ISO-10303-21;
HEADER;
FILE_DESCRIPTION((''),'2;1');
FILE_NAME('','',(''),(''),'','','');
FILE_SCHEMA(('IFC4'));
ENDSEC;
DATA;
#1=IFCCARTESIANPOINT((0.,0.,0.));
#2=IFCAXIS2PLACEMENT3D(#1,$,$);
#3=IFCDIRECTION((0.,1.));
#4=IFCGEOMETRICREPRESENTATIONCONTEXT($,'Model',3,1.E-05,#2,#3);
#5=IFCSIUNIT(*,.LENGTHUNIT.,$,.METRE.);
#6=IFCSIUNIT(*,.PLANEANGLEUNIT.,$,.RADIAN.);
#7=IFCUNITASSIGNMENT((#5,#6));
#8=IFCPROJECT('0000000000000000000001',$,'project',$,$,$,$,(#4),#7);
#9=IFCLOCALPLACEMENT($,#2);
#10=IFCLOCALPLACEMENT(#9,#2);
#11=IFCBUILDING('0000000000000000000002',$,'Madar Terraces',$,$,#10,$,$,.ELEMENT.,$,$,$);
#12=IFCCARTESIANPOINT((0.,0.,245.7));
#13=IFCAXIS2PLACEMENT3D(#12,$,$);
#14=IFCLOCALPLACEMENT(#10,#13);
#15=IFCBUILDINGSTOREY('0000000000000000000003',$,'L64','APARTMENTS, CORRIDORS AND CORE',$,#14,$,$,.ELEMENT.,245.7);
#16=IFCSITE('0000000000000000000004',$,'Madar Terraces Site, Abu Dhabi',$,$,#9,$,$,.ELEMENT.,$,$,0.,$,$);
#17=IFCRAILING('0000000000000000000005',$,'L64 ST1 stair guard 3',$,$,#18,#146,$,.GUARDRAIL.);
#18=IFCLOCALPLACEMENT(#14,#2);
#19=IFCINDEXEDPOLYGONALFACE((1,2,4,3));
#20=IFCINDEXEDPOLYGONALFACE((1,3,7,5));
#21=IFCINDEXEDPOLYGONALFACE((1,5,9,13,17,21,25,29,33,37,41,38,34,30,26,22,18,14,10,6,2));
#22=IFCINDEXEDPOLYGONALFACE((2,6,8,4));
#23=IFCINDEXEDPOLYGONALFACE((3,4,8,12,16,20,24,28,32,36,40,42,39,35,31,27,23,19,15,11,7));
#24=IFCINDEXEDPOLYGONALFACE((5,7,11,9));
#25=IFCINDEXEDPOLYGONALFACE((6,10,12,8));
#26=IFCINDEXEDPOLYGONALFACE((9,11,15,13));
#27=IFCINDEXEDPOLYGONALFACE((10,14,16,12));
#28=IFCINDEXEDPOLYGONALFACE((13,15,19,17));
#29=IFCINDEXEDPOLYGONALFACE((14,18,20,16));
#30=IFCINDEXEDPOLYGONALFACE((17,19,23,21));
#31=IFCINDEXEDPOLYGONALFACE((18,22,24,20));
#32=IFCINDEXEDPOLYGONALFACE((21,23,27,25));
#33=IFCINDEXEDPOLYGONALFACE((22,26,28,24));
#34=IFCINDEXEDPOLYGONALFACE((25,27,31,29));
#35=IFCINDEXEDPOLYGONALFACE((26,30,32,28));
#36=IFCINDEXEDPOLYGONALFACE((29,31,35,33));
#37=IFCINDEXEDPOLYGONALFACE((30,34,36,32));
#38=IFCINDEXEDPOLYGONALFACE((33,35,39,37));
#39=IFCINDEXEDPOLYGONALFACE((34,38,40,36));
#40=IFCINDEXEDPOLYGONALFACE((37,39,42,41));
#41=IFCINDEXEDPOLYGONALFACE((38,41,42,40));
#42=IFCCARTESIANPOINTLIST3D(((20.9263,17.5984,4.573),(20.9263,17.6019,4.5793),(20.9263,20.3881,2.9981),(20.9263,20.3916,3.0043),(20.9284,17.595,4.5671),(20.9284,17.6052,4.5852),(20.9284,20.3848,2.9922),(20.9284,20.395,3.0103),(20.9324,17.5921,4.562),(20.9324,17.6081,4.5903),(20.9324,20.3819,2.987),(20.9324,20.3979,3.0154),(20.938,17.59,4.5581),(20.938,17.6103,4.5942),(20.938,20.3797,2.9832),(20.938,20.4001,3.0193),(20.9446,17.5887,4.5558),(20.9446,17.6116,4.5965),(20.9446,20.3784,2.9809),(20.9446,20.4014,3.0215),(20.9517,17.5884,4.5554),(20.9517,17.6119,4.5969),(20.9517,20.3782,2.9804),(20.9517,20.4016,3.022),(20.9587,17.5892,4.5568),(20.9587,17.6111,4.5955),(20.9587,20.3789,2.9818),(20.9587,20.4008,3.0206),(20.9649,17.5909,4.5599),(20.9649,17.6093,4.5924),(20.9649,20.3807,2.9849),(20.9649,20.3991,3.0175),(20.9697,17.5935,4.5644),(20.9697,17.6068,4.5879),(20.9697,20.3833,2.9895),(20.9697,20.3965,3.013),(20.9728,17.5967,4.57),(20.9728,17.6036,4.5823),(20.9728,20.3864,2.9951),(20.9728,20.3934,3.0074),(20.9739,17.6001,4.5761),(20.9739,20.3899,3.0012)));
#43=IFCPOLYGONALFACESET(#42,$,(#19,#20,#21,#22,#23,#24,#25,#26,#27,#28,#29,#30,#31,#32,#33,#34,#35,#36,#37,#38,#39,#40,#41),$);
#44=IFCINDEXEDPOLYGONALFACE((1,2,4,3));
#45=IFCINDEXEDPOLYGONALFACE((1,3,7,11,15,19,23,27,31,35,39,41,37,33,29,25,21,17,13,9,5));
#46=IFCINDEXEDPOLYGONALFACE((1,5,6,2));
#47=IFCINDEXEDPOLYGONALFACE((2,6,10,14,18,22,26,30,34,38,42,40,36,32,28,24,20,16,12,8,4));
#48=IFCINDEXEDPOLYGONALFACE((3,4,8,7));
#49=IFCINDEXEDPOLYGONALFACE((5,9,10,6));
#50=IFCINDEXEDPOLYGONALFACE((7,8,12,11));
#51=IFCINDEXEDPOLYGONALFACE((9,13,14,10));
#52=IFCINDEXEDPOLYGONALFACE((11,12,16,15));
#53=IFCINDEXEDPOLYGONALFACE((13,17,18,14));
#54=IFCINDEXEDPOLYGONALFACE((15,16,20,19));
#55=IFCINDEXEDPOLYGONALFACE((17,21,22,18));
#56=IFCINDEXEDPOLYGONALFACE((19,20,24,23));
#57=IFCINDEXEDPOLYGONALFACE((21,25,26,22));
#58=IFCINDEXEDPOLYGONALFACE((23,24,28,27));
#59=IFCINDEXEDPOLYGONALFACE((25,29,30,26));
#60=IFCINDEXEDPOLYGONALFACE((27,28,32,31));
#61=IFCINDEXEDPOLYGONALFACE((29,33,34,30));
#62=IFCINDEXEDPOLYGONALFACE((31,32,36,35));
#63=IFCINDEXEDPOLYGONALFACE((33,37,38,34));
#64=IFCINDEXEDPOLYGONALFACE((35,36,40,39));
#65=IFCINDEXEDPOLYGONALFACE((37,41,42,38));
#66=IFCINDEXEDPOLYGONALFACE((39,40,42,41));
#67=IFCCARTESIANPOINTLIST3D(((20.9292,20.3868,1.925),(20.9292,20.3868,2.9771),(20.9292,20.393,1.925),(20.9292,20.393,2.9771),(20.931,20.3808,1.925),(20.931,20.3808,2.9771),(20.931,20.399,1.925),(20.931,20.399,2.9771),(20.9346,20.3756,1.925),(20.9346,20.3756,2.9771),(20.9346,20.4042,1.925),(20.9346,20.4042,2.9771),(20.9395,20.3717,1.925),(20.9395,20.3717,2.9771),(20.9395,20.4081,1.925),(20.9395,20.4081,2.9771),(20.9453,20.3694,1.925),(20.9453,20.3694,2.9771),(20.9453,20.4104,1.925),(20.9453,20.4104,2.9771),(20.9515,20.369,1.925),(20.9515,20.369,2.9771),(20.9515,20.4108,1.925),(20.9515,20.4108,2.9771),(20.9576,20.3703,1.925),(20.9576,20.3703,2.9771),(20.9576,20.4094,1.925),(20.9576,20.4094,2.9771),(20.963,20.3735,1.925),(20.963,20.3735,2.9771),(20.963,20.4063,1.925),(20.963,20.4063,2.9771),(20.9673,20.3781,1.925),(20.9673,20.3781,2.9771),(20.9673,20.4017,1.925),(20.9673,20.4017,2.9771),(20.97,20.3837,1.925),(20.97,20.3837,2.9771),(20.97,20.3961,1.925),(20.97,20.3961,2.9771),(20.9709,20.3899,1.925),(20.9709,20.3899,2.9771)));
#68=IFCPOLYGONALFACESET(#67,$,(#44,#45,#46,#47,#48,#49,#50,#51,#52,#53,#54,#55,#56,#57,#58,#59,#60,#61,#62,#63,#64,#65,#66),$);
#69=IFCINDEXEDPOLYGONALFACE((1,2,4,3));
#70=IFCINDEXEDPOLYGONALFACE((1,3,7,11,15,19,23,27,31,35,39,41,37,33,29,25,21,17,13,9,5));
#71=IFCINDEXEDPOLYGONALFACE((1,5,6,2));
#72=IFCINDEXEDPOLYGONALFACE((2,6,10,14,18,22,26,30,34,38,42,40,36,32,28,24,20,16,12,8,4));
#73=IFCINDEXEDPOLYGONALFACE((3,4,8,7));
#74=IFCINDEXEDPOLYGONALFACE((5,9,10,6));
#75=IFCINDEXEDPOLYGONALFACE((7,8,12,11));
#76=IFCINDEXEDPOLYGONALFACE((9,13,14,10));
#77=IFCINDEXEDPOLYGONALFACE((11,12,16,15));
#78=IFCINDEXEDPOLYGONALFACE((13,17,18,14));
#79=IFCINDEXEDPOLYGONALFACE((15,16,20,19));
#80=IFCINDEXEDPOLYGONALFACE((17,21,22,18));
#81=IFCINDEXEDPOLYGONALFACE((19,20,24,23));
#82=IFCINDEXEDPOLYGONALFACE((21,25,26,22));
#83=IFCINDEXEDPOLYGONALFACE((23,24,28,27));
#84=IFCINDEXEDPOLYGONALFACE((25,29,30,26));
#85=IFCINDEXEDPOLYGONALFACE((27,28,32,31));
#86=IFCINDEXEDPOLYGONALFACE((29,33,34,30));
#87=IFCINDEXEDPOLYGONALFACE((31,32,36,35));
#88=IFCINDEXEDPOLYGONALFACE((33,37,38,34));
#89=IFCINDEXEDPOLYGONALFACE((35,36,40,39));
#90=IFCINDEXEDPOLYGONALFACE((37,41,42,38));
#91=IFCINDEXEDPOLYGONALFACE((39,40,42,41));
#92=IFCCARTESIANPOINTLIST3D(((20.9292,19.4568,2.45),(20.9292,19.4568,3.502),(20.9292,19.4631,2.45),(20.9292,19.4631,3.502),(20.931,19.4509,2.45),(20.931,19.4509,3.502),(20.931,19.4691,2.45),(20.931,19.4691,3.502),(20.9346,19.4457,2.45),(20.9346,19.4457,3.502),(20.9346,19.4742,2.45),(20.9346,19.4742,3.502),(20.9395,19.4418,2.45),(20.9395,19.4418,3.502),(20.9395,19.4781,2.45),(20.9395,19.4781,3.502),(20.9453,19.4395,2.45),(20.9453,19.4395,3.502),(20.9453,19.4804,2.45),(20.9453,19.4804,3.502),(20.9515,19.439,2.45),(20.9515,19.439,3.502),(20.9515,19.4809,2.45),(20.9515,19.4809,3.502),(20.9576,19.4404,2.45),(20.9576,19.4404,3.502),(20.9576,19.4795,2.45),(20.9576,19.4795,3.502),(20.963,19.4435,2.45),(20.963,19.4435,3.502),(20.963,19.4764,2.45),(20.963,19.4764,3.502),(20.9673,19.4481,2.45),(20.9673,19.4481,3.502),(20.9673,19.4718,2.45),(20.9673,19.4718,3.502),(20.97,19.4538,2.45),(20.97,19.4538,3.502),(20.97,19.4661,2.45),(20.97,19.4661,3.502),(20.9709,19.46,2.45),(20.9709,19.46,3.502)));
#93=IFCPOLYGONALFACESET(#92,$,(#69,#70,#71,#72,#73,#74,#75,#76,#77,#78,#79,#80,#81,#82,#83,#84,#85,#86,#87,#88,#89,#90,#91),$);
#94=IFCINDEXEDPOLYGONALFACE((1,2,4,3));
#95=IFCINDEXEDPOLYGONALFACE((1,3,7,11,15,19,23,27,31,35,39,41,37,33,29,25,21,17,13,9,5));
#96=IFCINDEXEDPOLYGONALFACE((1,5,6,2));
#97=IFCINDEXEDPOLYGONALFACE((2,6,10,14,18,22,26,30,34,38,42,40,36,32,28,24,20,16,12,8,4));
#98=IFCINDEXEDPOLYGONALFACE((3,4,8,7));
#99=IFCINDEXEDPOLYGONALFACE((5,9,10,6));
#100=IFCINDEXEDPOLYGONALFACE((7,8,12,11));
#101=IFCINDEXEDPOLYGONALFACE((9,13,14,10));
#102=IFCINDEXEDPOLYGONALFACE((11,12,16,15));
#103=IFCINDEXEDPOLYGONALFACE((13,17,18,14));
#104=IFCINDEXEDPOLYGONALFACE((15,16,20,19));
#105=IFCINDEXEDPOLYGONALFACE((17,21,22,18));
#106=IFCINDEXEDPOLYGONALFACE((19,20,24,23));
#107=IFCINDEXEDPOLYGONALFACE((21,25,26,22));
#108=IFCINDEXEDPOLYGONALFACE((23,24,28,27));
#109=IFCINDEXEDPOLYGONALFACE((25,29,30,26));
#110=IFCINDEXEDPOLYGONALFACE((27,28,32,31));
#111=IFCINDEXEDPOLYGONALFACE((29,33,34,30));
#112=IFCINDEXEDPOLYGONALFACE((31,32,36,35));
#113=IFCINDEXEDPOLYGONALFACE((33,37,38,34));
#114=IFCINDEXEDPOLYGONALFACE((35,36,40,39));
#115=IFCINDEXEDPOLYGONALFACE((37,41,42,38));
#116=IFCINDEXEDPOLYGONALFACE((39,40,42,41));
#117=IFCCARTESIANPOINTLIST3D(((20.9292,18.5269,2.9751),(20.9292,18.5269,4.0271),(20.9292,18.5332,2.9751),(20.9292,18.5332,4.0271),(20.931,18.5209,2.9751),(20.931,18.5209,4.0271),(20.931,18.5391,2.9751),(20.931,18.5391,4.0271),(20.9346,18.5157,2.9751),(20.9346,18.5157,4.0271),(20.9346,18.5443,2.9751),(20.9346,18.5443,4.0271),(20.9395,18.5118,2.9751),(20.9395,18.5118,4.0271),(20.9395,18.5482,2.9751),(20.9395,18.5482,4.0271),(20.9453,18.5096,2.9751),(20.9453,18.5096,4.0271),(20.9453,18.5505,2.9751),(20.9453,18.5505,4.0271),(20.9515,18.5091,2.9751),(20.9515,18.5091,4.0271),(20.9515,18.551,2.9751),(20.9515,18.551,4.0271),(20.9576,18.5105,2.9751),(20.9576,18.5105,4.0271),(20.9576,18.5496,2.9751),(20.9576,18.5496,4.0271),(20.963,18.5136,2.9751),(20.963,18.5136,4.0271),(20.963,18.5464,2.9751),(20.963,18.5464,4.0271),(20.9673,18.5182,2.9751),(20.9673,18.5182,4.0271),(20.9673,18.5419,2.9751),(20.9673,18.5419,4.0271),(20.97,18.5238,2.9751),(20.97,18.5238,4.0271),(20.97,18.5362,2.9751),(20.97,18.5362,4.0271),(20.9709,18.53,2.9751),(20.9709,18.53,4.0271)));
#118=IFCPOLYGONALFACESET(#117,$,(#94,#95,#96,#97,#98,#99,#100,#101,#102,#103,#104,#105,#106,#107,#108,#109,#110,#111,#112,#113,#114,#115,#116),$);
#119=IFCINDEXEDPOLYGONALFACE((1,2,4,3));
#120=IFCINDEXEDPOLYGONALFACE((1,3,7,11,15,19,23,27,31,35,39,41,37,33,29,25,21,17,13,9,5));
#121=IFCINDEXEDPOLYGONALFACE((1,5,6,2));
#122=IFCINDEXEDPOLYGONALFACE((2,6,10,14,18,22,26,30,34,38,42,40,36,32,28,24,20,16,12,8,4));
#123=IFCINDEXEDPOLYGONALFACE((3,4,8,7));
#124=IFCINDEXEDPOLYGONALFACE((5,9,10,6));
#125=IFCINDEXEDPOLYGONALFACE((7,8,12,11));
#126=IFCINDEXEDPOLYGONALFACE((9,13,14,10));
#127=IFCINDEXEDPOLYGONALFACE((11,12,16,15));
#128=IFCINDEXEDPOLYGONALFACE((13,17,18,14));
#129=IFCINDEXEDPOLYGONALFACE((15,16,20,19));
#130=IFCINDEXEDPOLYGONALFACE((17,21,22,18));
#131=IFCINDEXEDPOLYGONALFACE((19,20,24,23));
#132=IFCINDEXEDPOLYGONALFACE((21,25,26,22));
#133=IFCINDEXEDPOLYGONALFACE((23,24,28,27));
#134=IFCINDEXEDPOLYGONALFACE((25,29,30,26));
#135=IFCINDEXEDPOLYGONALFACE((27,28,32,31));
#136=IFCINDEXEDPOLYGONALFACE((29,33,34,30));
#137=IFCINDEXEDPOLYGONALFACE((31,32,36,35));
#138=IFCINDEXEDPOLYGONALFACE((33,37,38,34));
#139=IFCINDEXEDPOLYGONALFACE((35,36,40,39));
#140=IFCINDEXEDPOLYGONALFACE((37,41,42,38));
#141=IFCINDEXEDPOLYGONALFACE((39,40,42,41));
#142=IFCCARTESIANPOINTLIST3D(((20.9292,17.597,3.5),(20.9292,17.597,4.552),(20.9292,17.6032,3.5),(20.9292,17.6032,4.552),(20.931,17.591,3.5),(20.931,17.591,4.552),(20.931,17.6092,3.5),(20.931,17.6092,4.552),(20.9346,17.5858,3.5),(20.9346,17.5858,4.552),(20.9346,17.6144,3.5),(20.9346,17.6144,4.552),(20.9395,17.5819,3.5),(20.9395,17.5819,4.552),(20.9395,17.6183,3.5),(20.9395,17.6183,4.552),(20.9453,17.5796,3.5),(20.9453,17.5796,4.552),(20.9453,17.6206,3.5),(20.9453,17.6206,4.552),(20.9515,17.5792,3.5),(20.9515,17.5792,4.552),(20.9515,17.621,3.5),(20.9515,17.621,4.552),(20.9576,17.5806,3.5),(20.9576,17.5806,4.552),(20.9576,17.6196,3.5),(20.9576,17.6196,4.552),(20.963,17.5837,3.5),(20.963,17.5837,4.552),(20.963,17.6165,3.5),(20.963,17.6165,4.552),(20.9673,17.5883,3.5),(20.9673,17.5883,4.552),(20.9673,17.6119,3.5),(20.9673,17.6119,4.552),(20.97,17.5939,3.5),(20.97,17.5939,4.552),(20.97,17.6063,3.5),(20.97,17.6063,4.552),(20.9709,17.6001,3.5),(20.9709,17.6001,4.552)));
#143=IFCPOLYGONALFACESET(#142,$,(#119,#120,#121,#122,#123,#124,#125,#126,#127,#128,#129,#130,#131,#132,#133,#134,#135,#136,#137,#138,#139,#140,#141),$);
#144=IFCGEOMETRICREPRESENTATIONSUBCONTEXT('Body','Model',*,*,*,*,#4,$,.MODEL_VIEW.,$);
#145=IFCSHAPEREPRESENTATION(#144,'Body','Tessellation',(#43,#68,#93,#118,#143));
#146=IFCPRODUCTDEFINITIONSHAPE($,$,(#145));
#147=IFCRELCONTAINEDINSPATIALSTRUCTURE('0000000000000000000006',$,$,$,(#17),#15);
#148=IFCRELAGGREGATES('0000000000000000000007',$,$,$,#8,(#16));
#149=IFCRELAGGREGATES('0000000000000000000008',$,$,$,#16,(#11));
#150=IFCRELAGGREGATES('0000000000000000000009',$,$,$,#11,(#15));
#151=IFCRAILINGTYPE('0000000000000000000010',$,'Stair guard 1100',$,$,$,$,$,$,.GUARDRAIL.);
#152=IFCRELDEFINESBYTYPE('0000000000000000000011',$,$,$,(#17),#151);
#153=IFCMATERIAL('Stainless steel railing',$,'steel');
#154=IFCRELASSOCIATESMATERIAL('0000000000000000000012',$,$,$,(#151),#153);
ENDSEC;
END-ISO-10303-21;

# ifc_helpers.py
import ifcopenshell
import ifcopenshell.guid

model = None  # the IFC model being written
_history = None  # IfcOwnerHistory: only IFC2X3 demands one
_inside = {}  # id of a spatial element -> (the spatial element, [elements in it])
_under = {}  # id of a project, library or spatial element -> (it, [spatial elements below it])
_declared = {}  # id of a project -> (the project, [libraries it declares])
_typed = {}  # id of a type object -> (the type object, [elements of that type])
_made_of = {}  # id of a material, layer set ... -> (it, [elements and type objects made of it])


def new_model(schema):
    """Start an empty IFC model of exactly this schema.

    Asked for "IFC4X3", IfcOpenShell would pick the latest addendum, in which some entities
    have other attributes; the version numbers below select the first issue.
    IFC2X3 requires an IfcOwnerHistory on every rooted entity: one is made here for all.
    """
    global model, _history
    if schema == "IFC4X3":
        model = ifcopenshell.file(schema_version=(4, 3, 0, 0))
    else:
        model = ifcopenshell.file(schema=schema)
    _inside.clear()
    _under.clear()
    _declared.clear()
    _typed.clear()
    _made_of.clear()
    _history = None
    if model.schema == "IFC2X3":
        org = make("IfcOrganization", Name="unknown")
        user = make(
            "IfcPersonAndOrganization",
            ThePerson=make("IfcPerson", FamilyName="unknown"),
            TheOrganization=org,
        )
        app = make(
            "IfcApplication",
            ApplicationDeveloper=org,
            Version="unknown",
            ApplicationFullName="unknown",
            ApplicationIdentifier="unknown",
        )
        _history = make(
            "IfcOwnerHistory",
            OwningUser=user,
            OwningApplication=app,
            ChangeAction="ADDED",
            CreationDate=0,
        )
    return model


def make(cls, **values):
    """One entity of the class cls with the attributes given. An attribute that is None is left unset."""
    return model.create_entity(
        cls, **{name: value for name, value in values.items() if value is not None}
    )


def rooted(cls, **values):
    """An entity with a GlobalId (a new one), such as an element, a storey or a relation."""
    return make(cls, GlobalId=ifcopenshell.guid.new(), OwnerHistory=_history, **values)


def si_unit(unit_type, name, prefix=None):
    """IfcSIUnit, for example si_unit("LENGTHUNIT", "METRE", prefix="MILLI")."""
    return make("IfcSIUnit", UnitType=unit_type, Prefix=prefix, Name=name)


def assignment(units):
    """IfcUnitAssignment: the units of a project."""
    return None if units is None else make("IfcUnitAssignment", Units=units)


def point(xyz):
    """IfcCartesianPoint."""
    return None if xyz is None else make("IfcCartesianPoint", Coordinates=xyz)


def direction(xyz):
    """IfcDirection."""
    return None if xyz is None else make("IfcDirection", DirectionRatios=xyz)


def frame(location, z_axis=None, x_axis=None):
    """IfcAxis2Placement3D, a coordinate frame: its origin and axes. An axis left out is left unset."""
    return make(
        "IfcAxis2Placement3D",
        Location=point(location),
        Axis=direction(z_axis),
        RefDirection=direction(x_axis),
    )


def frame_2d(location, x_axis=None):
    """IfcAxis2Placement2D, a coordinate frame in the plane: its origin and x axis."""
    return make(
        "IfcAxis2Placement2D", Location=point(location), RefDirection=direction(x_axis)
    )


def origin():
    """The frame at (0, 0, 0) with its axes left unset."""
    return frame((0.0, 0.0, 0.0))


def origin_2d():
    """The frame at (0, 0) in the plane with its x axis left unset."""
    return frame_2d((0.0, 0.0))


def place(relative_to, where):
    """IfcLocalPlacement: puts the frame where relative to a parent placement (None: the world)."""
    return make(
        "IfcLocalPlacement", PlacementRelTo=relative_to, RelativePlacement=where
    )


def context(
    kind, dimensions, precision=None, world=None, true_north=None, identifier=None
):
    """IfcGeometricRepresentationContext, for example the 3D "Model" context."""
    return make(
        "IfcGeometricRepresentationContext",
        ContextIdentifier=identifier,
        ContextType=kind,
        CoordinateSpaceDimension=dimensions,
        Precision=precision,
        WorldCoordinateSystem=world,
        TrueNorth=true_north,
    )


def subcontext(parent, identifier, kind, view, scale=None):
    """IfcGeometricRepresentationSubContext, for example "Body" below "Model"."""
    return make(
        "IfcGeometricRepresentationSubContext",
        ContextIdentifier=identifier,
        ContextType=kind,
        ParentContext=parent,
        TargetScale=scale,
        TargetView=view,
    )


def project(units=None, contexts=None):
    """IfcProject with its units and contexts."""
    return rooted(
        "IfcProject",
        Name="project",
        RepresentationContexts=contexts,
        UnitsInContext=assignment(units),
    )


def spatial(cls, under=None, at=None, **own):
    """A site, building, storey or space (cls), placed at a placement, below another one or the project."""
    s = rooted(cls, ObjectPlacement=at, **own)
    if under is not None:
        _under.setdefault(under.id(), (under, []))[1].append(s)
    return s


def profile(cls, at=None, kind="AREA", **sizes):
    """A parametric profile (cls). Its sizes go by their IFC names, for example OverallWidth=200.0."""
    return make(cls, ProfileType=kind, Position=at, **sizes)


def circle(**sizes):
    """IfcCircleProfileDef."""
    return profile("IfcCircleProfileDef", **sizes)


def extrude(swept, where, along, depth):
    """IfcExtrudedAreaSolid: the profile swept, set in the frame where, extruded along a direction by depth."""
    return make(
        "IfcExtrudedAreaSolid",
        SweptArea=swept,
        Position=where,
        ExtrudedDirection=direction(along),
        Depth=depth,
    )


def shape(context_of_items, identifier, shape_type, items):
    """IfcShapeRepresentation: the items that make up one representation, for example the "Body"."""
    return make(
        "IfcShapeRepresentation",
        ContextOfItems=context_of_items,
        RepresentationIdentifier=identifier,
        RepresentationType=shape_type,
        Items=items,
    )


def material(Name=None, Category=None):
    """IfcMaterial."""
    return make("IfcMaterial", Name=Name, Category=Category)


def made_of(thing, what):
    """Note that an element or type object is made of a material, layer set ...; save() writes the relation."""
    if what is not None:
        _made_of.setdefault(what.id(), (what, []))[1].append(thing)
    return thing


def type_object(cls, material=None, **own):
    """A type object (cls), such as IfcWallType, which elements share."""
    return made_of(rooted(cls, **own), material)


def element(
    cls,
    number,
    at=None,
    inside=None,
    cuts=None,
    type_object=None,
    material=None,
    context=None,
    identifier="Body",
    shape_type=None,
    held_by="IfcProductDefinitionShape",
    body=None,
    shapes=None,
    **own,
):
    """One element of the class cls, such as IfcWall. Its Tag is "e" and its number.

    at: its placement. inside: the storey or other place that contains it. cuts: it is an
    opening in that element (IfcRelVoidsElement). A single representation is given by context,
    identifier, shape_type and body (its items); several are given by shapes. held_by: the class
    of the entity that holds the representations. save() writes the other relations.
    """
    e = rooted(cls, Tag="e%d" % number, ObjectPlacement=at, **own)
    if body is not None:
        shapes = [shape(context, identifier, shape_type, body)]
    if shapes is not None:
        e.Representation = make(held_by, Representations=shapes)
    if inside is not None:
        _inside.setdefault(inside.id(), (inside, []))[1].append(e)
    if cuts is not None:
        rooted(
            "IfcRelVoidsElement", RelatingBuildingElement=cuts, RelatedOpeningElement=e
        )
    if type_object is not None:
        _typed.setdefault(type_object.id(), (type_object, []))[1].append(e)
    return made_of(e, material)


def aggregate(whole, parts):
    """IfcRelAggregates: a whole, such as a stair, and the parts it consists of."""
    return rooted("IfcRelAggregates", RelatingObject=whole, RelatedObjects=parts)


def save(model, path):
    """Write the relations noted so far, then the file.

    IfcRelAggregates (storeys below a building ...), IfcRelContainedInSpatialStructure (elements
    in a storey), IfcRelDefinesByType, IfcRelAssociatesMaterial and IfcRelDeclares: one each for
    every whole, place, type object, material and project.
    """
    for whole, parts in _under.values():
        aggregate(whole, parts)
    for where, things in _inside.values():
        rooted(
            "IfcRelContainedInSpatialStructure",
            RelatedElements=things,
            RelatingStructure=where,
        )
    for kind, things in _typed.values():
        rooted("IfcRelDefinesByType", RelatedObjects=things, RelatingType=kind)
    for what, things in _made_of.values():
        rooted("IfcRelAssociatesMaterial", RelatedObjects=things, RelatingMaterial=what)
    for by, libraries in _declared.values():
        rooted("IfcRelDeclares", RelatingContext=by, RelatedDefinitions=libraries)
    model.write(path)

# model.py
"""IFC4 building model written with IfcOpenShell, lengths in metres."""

from ifc_helpers import new_model, si_unit, direction, frame, origin, origin_2d, place, context, subcontext, project, spatial, circle, extrude, material, type_object, element, save


model = new_model("IFC4")

# Units and contexts
model_context = context("Model", 3, precision=1e-05, world=origin(), true_north=direction((0.0, 1.0)))
body_context = subcontext(model_context, "Body", "Model", "MODEL_VIEW")
ifc_project = project(units=[si_unit("LENGTHUNIT", "METRE"), si_unit("PLANEANGLEUNIT", "RADIAN")], contexts=[model_context])

# Site, building, storey
site_placement = place(None, origin())
site = spatial("IfcSite", under=ifc_project, at=site_placement, Name="Madar Terraces Site, Abu Dhabi", CompositionType="ELEMENT", RefElevation=0.0)
building_placement = place(site_placement, origin())
building = spatial("IfcBuilding", under=site, at=building_placement, Name="Madar Terraces", CompositionType="ELEMENT")
storey_placement = place(building_placement, frame((0.0, 0.0, 245.7)))
storey = spatial("IfcBuildingStorey", under=building, at=storey_placement, Name="L64", Description="APARTMENTS, CORRIDORS AND CORE", CompositionType="ELEMENT", Elevation=245.7)

# Railing
ifc_material_1 = material(Name="Stainless steel railing", Category="steel")
railing_type_1 = type_object("IfcRailingType", Name="Stair guard 1100", PredefinedType="GUARDRAIL", material=ifc_material_1)
railing_1_placement = place(storey_placement, frame((20.95, 20.3899, 1.925)))
element("IfcRailing", 1, at=railing_1_placement, inside=storey, type_object=railing_type_1, Name="L64 ST1 stair guard 3", PredefinedType="GUARDRAIL", context=body_context, shape_type="SweptSolid", body=[
    extrude(circle(Radius=0.0239, at=origin_2d()), frame((0.0, 0.0, 1.0762), z_axis=(0.0, -0.870815, 0.49161), x_axis=(1.0, 0.0, 0.0)), (0.0, 0.0, 1.0), 3.2036),
    extrude(circle(Radius=0.021, at=origin_2d()), origin(), (0.0, 0.0, 1.0), 1.052),
    extrude(circle(Radius=0.021, at=origin_2d()), frame((0.0, -0.9299, 0.5249)), (0.0, 0.0, 1.0), 1.052),
    extrude(circle(Radius=0.021, at=origin_2d()), frame((0.0, -1.8599, 1.05)), (0.0, 0.0, 1.0), 1.052),
    extrude(circle(Radius=0.021, at=origin_2d()), frame((0.0, -2.7898, 1.575)), (0.0, 0.0, 1.0), 1.052),
])

save(model, "model.ifc")
